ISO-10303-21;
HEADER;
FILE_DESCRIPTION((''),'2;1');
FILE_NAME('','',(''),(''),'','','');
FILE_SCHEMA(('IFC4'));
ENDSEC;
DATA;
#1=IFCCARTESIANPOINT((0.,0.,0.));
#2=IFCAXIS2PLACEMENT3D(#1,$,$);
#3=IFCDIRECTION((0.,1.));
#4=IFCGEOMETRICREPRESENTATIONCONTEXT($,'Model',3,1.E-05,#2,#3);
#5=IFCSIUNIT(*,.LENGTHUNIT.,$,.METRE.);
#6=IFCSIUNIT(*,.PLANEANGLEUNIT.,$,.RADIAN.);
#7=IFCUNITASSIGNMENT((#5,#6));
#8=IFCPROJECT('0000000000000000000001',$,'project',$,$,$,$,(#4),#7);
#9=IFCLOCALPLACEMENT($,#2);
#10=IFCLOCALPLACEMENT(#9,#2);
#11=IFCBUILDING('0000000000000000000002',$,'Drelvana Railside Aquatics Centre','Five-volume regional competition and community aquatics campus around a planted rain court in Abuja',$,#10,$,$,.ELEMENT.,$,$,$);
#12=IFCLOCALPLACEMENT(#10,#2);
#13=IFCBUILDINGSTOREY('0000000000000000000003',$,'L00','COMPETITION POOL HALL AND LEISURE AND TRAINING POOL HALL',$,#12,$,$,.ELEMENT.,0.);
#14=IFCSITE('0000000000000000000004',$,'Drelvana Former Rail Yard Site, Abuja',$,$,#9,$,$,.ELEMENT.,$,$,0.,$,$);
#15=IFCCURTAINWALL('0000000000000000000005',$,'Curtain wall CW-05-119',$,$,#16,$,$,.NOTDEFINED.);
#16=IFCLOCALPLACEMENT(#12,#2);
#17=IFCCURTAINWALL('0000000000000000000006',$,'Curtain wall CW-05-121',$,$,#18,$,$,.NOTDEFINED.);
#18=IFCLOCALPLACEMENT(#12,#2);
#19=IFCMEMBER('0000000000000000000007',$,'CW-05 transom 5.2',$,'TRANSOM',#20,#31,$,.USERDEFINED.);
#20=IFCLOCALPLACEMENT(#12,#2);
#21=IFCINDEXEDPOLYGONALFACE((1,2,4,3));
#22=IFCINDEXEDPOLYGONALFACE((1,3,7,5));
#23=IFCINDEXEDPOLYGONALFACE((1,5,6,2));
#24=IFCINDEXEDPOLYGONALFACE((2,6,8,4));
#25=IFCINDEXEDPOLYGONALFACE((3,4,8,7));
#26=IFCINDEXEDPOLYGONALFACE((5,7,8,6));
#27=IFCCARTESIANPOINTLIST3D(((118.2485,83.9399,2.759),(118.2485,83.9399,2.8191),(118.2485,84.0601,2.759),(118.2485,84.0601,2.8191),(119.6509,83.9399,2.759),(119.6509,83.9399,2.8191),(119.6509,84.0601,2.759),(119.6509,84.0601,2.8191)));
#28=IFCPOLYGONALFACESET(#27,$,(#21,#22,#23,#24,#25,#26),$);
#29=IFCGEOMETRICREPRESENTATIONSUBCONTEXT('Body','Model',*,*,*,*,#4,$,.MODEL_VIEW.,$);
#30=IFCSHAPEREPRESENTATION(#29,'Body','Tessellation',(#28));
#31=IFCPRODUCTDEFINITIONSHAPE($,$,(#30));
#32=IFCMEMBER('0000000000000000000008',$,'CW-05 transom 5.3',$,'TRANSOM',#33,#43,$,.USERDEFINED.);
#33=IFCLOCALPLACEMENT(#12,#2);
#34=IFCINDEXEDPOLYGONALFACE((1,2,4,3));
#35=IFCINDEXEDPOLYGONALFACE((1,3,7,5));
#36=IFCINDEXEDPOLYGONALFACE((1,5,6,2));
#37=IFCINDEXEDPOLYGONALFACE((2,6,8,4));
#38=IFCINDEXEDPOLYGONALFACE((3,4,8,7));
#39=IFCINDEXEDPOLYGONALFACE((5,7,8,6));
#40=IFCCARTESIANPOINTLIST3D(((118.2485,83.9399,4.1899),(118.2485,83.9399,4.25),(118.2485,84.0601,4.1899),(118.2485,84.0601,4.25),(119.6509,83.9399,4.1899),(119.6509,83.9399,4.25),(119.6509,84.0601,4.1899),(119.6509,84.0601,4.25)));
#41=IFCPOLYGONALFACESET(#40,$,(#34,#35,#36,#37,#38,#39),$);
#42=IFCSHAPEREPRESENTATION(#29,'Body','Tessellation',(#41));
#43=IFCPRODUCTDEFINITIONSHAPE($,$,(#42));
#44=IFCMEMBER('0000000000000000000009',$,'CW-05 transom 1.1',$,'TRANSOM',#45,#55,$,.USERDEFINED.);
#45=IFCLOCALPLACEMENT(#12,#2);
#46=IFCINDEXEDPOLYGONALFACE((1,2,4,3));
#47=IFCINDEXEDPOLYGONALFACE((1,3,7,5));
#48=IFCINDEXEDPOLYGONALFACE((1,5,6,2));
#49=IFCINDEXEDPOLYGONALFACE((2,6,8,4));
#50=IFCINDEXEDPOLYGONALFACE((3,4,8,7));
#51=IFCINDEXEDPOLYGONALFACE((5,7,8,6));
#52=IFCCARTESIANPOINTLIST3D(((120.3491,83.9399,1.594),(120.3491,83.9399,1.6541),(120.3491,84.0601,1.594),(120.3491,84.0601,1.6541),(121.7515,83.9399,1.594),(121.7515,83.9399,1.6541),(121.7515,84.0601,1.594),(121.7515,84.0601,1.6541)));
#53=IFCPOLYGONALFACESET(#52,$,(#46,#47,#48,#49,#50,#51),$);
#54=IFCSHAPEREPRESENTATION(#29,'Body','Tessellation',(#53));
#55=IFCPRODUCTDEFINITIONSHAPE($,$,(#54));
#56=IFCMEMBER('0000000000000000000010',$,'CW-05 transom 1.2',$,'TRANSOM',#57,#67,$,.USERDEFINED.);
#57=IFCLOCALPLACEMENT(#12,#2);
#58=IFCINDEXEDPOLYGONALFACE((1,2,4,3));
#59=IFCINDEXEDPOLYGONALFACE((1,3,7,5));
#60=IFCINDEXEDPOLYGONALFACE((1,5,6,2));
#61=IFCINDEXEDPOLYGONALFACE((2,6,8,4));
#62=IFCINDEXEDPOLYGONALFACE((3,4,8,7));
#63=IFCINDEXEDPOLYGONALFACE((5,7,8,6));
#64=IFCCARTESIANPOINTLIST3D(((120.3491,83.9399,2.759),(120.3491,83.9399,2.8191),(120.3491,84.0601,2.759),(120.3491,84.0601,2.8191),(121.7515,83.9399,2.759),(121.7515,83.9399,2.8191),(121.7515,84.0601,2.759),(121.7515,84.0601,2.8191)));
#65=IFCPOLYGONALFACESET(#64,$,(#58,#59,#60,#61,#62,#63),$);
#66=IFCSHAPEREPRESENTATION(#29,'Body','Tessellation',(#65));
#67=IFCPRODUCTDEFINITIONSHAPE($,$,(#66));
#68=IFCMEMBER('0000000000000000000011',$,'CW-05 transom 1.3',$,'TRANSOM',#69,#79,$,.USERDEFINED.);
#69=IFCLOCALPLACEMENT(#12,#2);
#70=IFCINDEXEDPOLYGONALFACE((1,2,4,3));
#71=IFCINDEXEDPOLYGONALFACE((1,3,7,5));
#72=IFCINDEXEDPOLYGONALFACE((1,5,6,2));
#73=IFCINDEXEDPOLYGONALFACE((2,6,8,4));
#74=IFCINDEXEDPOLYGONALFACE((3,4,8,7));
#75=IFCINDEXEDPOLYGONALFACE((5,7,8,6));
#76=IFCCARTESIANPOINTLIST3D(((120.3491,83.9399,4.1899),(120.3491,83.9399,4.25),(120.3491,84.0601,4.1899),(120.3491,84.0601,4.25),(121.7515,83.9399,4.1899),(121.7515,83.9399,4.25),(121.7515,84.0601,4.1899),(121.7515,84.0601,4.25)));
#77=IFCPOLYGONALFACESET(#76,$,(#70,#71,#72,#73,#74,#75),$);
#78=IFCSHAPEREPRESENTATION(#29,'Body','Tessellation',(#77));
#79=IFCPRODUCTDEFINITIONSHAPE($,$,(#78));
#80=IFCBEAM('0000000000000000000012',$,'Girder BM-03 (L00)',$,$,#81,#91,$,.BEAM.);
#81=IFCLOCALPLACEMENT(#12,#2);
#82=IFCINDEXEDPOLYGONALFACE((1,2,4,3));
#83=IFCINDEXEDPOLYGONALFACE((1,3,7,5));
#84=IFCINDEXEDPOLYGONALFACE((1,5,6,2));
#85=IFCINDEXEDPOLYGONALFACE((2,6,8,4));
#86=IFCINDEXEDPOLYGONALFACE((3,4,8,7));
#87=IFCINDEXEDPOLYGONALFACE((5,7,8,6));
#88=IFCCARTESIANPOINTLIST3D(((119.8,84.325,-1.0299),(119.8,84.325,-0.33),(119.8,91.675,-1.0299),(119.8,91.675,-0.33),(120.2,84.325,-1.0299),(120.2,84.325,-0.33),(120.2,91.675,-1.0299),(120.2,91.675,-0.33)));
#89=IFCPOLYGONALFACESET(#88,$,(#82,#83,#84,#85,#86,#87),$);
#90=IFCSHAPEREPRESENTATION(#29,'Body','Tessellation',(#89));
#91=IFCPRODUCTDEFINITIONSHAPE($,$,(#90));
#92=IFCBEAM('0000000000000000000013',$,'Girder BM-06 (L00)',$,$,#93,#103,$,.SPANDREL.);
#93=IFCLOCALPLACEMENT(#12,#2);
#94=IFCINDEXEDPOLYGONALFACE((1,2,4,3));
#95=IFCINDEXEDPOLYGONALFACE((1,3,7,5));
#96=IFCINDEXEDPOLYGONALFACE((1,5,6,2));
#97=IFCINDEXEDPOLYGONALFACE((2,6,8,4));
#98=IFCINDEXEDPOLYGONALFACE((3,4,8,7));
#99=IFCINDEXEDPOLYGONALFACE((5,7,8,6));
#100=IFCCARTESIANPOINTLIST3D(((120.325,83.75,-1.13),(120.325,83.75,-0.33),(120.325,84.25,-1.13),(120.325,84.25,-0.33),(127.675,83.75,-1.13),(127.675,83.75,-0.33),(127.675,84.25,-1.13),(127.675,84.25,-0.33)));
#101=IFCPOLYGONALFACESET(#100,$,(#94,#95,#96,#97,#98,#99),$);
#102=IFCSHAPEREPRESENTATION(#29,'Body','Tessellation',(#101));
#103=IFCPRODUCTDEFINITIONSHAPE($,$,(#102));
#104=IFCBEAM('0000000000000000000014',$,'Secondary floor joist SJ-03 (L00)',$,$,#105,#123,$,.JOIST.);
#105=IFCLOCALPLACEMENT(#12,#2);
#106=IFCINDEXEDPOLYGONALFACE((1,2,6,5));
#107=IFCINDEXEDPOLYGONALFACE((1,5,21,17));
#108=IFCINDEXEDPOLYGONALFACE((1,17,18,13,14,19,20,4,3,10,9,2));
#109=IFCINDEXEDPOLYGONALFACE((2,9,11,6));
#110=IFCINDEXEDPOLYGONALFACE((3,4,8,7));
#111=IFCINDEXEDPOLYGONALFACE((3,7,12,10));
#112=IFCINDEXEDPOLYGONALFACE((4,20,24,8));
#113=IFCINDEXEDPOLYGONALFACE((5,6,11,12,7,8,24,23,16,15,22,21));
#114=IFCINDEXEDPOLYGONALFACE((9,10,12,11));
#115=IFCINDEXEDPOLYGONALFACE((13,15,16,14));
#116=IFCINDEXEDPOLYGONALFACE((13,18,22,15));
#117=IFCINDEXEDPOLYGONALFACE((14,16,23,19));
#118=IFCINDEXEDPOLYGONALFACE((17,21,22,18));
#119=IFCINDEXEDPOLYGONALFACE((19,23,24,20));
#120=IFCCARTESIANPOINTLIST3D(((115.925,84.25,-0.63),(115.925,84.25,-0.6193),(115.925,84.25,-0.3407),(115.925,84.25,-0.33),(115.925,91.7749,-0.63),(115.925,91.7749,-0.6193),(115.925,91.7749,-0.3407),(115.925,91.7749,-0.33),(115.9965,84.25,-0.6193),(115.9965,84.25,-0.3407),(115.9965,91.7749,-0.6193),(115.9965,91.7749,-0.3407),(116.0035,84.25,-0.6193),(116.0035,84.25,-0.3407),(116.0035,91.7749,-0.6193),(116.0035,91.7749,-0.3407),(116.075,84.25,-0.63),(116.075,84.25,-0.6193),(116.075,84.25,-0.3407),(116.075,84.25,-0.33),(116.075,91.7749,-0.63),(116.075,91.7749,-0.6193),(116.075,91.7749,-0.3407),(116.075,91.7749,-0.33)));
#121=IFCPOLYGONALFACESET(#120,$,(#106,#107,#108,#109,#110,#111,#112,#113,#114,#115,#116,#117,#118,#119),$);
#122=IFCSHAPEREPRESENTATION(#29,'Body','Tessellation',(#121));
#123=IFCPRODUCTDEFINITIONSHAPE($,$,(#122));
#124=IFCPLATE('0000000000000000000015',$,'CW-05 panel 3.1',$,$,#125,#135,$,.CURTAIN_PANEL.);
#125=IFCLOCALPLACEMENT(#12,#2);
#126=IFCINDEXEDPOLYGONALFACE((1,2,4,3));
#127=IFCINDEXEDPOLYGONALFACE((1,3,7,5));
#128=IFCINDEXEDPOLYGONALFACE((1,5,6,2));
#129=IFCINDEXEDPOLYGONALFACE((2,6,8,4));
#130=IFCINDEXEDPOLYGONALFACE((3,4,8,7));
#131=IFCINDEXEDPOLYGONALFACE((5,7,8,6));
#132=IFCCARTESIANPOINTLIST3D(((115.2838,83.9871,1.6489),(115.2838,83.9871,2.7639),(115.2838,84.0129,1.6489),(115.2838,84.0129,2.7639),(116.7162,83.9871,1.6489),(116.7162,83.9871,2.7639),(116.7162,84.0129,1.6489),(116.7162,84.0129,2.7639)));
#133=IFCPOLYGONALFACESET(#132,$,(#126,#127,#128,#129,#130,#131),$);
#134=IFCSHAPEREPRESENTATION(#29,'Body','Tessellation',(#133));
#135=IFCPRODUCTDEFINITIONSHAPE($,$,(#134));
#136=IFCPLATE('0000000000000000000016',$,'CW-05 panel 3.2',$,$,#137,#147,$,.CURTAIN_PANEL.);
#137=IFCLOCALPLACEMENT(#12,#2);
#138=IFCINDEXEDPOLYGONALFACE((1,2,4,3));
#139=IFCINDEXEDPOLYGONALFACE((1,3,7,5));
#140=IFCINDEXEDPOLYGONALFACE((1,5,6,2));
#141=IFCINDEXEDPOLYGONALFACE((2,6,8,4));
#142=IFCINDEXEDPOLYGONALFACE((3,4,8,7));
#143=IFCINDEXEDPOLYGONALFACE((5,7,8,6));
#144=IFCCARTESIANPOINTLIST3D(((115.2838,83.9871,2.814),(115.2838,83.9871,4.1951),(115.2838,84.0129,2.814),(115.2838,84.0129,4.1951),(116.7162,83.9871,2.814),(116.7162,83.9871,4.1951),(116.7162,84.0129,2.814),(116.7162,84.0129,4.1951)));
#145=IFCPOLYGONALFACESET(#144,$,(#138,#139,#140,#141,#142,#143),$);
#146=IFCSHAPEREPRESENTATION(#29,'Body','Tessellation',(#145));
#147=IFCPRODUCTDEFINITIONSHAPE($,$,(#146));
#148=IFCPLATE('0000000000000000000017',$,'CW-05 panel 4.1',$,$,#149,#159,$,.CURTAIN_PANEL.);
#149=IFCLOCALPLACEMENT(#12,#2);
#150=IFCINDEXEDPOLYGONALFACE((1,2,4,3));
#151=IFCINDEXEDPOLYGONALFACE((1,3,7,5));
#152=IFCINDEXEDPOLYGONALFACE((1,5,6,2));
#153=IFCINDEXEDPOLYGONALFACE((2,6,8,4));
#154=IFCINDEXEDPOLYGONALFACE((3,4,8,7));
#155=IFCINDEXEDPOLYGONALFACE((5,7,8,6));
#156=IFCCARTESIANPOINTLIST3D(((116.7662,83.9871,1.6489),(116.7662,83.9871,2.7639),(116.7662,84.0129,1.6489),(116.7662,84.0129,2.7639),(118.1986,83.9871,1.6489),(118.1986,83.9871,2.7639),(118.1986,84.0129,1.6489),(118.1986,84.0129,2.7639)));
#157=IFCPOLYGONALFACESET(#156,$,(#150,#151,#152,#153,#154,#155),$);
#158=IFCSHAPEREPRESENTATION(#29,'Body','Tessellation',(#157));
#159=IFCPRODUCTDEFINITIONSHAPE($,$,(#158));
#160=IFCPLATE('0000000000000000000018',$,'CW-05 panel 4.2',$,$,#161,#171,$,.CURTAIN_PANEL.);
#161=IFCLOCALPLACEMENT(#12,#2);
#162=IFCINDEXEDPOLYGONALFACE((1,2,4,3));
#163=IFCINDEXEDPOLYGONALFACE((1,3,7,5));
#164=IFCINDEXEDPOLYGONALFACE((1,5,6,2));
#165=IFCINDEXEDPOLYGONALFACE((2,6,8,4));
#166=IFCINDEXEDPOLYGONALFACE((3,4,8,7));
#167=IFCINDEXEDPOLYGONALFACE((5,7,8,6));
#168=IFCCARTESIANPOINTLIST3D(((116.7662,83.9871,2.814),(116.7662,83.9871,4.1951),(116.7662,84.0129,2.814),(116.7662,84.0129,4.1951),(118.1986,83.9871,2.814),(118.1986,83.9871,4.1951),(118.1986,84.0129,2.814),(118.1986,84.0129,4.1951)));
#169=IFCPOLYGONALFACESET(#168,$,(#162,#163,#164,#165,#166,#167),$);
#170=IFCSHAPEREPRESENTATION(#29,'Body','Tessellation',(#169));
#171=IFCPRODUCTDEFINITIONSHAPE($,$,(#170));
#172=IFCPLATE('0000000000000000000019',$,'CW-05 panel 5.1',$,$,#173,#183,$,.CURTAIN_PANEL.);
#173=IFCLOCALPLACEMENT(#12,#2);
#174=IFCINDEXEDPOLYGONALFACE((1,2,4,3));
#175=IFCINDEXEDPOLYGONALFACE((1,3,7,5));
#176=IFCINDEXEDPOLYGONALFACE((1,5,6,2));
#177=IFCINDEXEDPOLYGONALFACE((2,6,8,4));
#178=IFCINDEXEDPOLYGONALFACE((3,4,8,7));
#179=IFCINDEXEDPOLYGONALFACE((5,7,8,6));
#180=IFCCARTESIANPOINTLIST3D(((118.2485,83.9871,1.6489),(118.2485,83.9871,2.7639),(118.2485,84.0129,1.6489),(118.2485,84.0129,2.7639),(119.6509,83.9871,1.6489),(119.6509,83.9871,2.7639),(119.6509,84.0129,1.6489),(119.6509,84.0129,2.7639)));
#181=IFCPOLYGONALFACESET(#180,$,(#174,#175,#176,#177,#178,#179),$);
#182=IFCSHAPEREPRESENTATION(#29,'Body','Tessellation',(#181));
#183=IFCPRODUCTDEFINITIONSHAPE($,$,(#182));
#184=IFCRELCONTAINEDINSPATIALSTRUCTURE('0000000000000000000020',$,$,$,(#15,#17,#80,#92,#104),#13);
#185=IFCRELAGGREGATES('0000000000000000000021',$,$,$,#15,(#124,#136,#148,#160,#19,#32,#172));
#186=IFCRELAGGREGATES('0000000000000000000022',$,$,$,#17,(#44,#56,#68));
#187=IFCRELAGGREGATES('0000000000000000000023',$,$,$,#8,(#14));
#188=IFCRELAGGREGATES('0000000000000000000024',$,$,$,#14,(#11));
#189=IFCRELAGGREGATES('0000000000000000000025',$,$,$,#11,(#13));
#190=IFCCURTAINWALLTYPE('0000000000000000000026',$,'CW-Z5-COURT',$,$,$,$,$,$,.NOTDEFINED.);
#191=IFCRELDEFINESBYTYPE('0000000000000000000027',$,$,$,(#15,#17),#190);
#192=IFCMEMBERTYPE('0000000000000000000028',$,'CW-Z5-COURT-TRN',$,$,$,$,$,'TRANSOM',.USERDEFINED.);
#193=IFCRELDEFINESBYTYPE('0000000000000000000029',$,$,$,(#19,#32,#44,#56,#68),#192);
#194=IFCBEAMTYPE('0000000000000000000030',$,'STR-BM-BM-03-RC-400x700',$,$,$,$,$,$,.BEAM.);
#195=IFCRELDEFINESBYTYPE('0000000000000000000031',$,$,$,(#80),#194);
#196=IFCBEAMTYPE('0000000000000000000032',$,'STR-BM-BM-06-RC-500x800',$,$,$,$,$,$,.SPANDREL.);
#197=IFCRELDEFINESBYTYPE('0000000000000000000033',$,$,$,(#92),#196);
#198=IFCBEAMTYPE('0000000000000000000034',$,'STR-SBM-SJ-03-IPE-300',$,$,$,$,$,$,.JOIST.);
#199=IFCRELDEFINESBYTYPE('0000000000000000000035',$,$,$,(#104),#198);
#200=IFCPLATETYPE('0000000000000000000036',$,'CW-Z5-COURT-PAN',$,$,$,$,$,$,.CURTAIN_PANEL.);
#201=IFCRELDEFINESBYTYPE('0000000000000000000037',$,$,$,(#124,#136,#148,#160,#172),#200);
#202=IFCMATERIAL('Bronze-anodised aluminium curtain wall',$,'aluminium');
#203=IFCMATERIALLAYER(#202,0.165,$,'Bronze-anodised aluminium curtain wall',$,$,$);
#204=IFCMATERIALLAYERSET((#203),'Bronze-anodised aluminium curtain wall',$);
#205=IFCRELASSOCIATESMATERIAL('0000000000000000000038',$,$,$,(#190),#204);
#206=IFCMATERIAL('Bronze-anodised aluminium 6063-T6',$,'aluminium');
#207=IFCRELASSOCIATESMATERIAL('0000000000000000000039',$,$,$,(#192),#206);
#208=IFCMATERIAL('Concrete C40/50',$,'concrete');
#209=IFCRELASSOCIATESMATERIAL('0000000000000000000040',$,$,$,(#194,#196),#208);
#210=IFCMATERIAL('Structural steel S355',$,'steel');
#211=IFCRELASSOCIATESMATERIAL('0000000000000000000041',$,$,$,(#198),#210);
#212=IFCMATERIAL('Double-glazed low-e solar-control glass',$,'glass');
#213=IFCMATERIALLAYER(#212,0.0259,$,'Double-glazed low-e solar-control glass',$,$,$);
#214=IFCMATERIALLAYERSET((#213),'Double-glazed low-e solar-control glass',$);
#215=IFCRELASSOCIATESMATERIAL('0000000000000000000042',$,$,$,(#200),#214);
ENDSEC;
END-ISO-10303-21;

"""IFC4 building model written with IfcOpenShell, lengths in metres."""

from ifc_helpers import new_model, si_unit, direction, frame, origin, origin_2d, place, context, subcontext, project, spatial, rectangle, i_section, extrude, material, layer, layer_set, material_profile, profile_set, type_object, element, aggregate, save


model = new_model("IFC4")

# Units and contexts
model_context = context("Model", 3, precision=1e-05, world=origin(), true_north=direction((0.0, 1.0)))
body_context = subcontext(model_context, "Body", "Model", "MODEL_VIEW")
ifc_project = project(units=[si_unit("LENGTHUNIT", "METRE"), si_unit("PLANEANGLEUNIT", "RADIAN")], contexts=[model_context])

# Site, building, storey
site_placement = place(None, origin())
site = spatial("IfcSite", under=ifc_project, at=site_placement, Name="Drelvana Former Rail Yard Site, Abuja", CompositionType="ELEMENT", RefElevation=0.0)
building_placement = place(site_placement, origin())
building = spatial("IfcBuilding", under=site, at=building_placement, Name="Drelvana Railside Aquatics Centre", Description="Five-volume regional competition and community aquatics campus around a planted rain court in Abuja", CompositionType="ELEMENT")
storey_placement = place(building_placement, origin())
storey = spatial("IfcBuildingStorey", under=building, at=storey_placement, Name="L00", Description="COMPETITION POOL HALL AND LEISURE AND TRAINING POOL HALL", CompositionType="ELEMENT", Elevation=0.0)

# Shared definitions
ifc_material_1 = material(Name="Concrete C40/50", Category="concrete")

# Curtain walls
ifc_material_2 = material(Name="Bronze-anodised aluminium curtain wall", Category="aluminium")
ifc_layer_1 = layer(ifc_material_2, 0.165, Name="Bronze-anodised aluminium curtain wall")
ifc_layer_set_1 = layer_set([ifc_layer_1], Name="Bronze-anodised aluminium curtain wall")
curtain_wall_type = type_object("IfcCurtainWallType", Name="CW-Z5-COURT", PredefinedType="NOTDEFINED", material=ifc_layer_set_1)
curtain_wall_1_placement = place(storey_placement, origin())
curtain_wall_1 = element("IfcCurtainWall", 1, at=curtain_wall_1_placement, inside=storey, type_object=curtain_wall_type, Name="Curtain wall CW-05-119", PredefinedType="NOTDEFINED")
ifc_material_3 = material(Name="Bronze-anodised aluminium 6063-T6", Category="aluminium")
curtain_wall_2_placement = place(storey_placement, origin())
curtain_wall_2 = element("IfcCurtainWall", 2, at=curtain_wall_2_placement, inside=storey, type_object=curtain_wall_type, Name="Curtain wall CW-05-121", PredefinedType="NOTDEFINED")

# Members
ifc_material_profile_1 = material_profile(ifc_material_3, rectangle(XDim=0.1201, YDim=0.0601, at=origin_2d()), Name="ALU-T 60x120")
ifc_profile_set_1 = profile_set([ifc_material_profile_1], Name="Bronze-anodised aluminium 6063-T6")
member_type_1 = type_object("IfcMemberType", Name="CW-Z5-COURT-TRN", ElementType="TRANSOM", PredefinedType="USERDEFINED", material=ifc_profile_set_1)
member_1_placement = place(storey_placement, frame((118.2485, 84.0, 2.7891), z_axis=(1.0, 0.0, 0.0), x_axis=(0.0, 1.0, 0.0)))
member_1 = element("IfcMember", 3, at=member_1_placement, type_object=member_type_1, Name="CW-05 transom 5.2", ObjectType="TRANSOM", PredefinedType="USERDEFINED", context=body_context, shape_type="SweptSolid", body=[
    extrude(rectangle(XDim=0.1201, YDim=0.0601, at=origin_2d()), origin(), (0.0, 0.0, 1.0), 1.4023),
])
member_2_placement = place(storey_placement, frame((118.2485, 84.0, 4.22), z_axis=(1.0, 0.0, 0.0), x_axis=(0.0, 1.0, 0.0)))
member_2 = element("IfcMember", 4, at=member_2_placement, type_object=member_type_1, Name="CW-05 transom 5.3", ObjectType="TRANSOM", PredefinedType="USERDEFINED", context=body_context, shape_type="SweptSolid", body=[
    extrude(rectangle(XDim=0.1201, YDim=0.0601, at=origin_2d()), origin(), (0.0, 0.0, 1.0), 1.4023),
])
member_3_placement = place(storey_placement, frame((120.3491, 84.0, 1.624), z_axis=(1.0, 0.0, 0.0), x_axis=(0.0, 1.0, 0.0)))
member_3 = element("IfcMember", 5, at=member_3_placement, type_object=member_type_1, Name="CW-05 transom 1.1", ObjectType="TRANSOM", PredefinedType="USERDEFINED", context=body_context, shape_type="SweptSolid", body=[
    extrude(rectangle(XDim=0.1201, YDim=0.0601, at=origin_2d()), origin(), (0.0, 0.0, 1.0), 1.4023),
])
member_4_placement = place(storey_placement, frame((120.3491, 84.0, 2.7891), z_axis=(1.0, 0.0, 0.0), x_axis=(0.0, 1.0, 0.0)))
member_4 = element("IfcMember", 6, at=member_4_placement, type_object=member_type_1, Name="CW-05 transom 1.2", ObjectType="TRANSOM", PredefinedType="USERDEFINED", context=body_context, shape_type="SweptSolid", body=[
    extrude(rectangle(XDim=0.1201, YDim=0.0601, at=origin_2d()), origin(), (0.0, 0.0, 1.0), 1.4023),
])
member_5_placement = place(storey_placement, frame((120.3491, 84.0, 4.22), z_axis=(1.0, 0.0, 0.0), x_axis=(0.0, 1.0, 0.0)))
member_5 = element("IfcMember", 7, at=member_5_placement, type_object=member_type_1, Name="CW-05 transom 1.3", ObjectType="TRANSOM", PredefinedType="USERDEFINED", context=body_context, shape_type="SweptSolid", body=[
    extrude(rectangle(XDim=0.1201, YDim=0.0601, at=origin_2d()), origin(), (0.0, 0.0, 1.0), 1.4023),
])

# Beams
ifc_material_profile_2 = material_profile(ifc_material_1, rectangle(XDim=0.3999, YDim=0.7, at=origin_2d()), Name="RC 400x700")
ifc_profile_set_2 = profile_set([ifc_material_profile_2], Name="Concrete C40/50")
beam_type_1 = type_object("IfcBeamType", Name="STR-BM-BM-03-RC-400x700", PredefinedType="BEAM", material=ifc_profile_set_2)
beam_1_placement = place(storey_placement, frame((120.0, 84.325, -0.6799), z_axis=(0.0, 1.0, 0.0), x_axis=(-1.0, 0.0, 0.0)))
element("IfcBeam", 8, at=beam_1_placement, inside=storey, type_object=beam_type_1, Name="Girder BM-03 (L00)", PredefinedType="BEAM", context=body_context, shape_type="SweptSolid", body=[
    extrude(rectangle(XDim=0.3999, YDim=0.7, at=origin_2d()), origin(), (0.0, 0.0, 1.0), 7.3501),
])
ifc_material_profile_3 = material_profile(ifc_material_1, rectangle(XDim=0.5, YDim=0.8, at=origin_2d()), Name="RC 500x800")
ifc_profile_set_3 = profile_set([ifc_material_profile_3], Name="Concrete C40/50")
beam_type_2 = type_object("IfcBeamType", Name="STR-BM-BM-06-RC-500x800", PredefinedType="SPANDREL", material=ifc_profile_set_3)
beam_2_placement = place(storey_placement, frame((120.325, 84.0, -0.73), z_axis=(1.0, 0.0, 0.0), x_axis=(0.0, 1.0, 0.0)))
element("IfcBeam", 9, at=beam_2_placement, inside=storey, type_object=beam_type_2, Name="Girder BM-06 (L00)", PredefinedType="SPANDREL", context=body_context, shape_type="SweptSolid", body=[
    extrude(rectangle(XDim=0.5, YDim=0.8, at=origin_2d()), origin(), (0.0, 0.0, 1.0), 7.3501),
])
ifc_material_4 = material(Name="Structural steel S355", Category="steel")
ifc_material_profile_4 = material_profile(ifc_material_4, i_section(OverallWidth=0.1499, OverallDepth=0.3, WebThickness=0.0071, FlangeThickness=0.0107, at=origin_2d()), Name="IPE 300")
ifc_profile_set_4 = profile_set([ifc_material_profile_4], Name="Structural steel S355")
beam_type_3 = type_object("IfcBeamType", Name="STR-SBM-SJ-03-IPE-300", PredefinedType="JOIST", material=ifc_profile_set_4)
beam_3_placement = place(storey_placement, frame((116.0, 84.25, -0.48), z_axis=(0.0, 1.0, 0.0), x_axis=(-1.0, 0.0, 0.0)))
element("IfcBeam", 10, at=beam_3_placement, inside=storey, type_object=beam_type_3, Name="Secondary floor joist SJ-03 (L00)", PredefinedType="JOIST", context=body_context, shape_type="SweptSolid", body=[
    extrude(i_section(OverallWidth=0.1499, OverallDepth=0.3, WebThickness=0.0071, FlangeThickness=0.0107, at=origin_2d()), origin(), (0.0, 0.0, 1.0), 7.5249),
])

# Plates
ifc_material_5 = material(Name="Double-glazed low-e solar-control glass", Category="glass")
ifc_layer_2 = layer(ifc_material_5, 0.0259, Name="Double-glazed low-e solar-control glass")
ifc_layer_set_2 = layer_set([ifc_layer_2], Name="Double-glazed low-e solar-control glass")
plate_type = type_object("IfcPlateType", Name="CW-Z5-COURT-PAN", PredefinedType="CURTAIN_PANEL", material=ifc_layer_set_2)
plate_1_placement = place(storey_placement, frame((116.0, 84.0, 1.6489), z_axis=(0.0, 0.0, 1.0), x_axis=(1.0, 0.0, 0.0)))
plate_1 = element("IfcPlate", 11, at=plate_1_placement, type_object=plate_type, Name="CW-05 panel 3.1", PredefinedType="CURTAIN_PANEL", context=body_context, shape_type="SweptSolid", body=[
    extrude(rectangle(XDim=1.4324, YDim=0.0259, at=origin_2d()), origin(), (0.0, 0.0, 1.0), 1.115),
])
plate_2_placement = place(storey_placement, frame((116.0, 84.0, 2.814), z_axis=(0.0, 0.0, 1.0), x_axis=(1.0, 0.0, 0.0)))
plate_2 = element("IfcPlate", 12, at=plate_2_placement, type_object=plate_type, Name="CW-05 panel 3.2", PredefinedType="CURTAIN_PANEL", context=body_context, shape_type="SweptSolid", body=[
    extrude(rectangle(XDim=1.4324, YDim=0.0259, at=origin_2d()), origin(), (0.0, 0.0, 1.0), 1.3811),
])
plate_3_placement = place(storey_placement, frame((117.4824, 84.0, 1.6489), z_axis=(0.0, 0.0, 1.0), x_axis=(1.0, 0.0, 0.0)))
plate_3 = element("IfcPlate", 13, at=plate_3_placement, type_object=plate_type, Name="CW-05 panel 4.1", PredefinedType="CURTAIN_PANEL", context=body_context, shape_type="SweptSolid", body=[
    extrude(rectangle(XDim=1.4324, YDim=0.0259, at=origin_2d()), origin(), (0.0, 0.0, 1.0), 1.115),
])
plate_4_placement = place(storey_placement, frame((117.4824, 84.0, 2.814), z_axis=(0.0, 0.0, 1.0), x_axis=(1.0, 0.0, 0.0)))
plate_4 = element("IfcPlate", 14, at=plate_4_placement, type_object=plate_type, Name="CW-05 panel 4.2", PredefinedType="CURTAIN_PANEL", context=body_context, shape_type="SweptSolid", body=[
    extrude(rectangle(XDim=1.4324, YDim=0.0259, at=origin_2d()), origin(), (0.0, 0.0, 1.0), 1.3811),
])
plate_5_placement = place(storey_placement, frame((118.9497, 84.0, 1.6489), z_axis=(0.0, 0.0, 1.0), x_axis=(1.0, 0.0, 0.0)))
plate_5 = element("IfcPlate", 15, at=plate_5_placement, type_object=plate_type, Name="CW-05 panel 5.1", PredefinedType="CURTAIN_PANEL", context=body_context, shape_type="SweptSolid", body=[
    extrude(rectangle(XDim=1.4023, YDim=0.0259, at=origin_2d()), origin(), (0.0, 0.0, 1.0), 1.115),
])
aggregate(curtain_wall_1, [plate_1, plate_2, plate_3, plate_4, member_1, member_2, plate_5])
aggregate(curtain_wall_2, [member_3, member_4, member_5])

save(model, "model.ifc")
